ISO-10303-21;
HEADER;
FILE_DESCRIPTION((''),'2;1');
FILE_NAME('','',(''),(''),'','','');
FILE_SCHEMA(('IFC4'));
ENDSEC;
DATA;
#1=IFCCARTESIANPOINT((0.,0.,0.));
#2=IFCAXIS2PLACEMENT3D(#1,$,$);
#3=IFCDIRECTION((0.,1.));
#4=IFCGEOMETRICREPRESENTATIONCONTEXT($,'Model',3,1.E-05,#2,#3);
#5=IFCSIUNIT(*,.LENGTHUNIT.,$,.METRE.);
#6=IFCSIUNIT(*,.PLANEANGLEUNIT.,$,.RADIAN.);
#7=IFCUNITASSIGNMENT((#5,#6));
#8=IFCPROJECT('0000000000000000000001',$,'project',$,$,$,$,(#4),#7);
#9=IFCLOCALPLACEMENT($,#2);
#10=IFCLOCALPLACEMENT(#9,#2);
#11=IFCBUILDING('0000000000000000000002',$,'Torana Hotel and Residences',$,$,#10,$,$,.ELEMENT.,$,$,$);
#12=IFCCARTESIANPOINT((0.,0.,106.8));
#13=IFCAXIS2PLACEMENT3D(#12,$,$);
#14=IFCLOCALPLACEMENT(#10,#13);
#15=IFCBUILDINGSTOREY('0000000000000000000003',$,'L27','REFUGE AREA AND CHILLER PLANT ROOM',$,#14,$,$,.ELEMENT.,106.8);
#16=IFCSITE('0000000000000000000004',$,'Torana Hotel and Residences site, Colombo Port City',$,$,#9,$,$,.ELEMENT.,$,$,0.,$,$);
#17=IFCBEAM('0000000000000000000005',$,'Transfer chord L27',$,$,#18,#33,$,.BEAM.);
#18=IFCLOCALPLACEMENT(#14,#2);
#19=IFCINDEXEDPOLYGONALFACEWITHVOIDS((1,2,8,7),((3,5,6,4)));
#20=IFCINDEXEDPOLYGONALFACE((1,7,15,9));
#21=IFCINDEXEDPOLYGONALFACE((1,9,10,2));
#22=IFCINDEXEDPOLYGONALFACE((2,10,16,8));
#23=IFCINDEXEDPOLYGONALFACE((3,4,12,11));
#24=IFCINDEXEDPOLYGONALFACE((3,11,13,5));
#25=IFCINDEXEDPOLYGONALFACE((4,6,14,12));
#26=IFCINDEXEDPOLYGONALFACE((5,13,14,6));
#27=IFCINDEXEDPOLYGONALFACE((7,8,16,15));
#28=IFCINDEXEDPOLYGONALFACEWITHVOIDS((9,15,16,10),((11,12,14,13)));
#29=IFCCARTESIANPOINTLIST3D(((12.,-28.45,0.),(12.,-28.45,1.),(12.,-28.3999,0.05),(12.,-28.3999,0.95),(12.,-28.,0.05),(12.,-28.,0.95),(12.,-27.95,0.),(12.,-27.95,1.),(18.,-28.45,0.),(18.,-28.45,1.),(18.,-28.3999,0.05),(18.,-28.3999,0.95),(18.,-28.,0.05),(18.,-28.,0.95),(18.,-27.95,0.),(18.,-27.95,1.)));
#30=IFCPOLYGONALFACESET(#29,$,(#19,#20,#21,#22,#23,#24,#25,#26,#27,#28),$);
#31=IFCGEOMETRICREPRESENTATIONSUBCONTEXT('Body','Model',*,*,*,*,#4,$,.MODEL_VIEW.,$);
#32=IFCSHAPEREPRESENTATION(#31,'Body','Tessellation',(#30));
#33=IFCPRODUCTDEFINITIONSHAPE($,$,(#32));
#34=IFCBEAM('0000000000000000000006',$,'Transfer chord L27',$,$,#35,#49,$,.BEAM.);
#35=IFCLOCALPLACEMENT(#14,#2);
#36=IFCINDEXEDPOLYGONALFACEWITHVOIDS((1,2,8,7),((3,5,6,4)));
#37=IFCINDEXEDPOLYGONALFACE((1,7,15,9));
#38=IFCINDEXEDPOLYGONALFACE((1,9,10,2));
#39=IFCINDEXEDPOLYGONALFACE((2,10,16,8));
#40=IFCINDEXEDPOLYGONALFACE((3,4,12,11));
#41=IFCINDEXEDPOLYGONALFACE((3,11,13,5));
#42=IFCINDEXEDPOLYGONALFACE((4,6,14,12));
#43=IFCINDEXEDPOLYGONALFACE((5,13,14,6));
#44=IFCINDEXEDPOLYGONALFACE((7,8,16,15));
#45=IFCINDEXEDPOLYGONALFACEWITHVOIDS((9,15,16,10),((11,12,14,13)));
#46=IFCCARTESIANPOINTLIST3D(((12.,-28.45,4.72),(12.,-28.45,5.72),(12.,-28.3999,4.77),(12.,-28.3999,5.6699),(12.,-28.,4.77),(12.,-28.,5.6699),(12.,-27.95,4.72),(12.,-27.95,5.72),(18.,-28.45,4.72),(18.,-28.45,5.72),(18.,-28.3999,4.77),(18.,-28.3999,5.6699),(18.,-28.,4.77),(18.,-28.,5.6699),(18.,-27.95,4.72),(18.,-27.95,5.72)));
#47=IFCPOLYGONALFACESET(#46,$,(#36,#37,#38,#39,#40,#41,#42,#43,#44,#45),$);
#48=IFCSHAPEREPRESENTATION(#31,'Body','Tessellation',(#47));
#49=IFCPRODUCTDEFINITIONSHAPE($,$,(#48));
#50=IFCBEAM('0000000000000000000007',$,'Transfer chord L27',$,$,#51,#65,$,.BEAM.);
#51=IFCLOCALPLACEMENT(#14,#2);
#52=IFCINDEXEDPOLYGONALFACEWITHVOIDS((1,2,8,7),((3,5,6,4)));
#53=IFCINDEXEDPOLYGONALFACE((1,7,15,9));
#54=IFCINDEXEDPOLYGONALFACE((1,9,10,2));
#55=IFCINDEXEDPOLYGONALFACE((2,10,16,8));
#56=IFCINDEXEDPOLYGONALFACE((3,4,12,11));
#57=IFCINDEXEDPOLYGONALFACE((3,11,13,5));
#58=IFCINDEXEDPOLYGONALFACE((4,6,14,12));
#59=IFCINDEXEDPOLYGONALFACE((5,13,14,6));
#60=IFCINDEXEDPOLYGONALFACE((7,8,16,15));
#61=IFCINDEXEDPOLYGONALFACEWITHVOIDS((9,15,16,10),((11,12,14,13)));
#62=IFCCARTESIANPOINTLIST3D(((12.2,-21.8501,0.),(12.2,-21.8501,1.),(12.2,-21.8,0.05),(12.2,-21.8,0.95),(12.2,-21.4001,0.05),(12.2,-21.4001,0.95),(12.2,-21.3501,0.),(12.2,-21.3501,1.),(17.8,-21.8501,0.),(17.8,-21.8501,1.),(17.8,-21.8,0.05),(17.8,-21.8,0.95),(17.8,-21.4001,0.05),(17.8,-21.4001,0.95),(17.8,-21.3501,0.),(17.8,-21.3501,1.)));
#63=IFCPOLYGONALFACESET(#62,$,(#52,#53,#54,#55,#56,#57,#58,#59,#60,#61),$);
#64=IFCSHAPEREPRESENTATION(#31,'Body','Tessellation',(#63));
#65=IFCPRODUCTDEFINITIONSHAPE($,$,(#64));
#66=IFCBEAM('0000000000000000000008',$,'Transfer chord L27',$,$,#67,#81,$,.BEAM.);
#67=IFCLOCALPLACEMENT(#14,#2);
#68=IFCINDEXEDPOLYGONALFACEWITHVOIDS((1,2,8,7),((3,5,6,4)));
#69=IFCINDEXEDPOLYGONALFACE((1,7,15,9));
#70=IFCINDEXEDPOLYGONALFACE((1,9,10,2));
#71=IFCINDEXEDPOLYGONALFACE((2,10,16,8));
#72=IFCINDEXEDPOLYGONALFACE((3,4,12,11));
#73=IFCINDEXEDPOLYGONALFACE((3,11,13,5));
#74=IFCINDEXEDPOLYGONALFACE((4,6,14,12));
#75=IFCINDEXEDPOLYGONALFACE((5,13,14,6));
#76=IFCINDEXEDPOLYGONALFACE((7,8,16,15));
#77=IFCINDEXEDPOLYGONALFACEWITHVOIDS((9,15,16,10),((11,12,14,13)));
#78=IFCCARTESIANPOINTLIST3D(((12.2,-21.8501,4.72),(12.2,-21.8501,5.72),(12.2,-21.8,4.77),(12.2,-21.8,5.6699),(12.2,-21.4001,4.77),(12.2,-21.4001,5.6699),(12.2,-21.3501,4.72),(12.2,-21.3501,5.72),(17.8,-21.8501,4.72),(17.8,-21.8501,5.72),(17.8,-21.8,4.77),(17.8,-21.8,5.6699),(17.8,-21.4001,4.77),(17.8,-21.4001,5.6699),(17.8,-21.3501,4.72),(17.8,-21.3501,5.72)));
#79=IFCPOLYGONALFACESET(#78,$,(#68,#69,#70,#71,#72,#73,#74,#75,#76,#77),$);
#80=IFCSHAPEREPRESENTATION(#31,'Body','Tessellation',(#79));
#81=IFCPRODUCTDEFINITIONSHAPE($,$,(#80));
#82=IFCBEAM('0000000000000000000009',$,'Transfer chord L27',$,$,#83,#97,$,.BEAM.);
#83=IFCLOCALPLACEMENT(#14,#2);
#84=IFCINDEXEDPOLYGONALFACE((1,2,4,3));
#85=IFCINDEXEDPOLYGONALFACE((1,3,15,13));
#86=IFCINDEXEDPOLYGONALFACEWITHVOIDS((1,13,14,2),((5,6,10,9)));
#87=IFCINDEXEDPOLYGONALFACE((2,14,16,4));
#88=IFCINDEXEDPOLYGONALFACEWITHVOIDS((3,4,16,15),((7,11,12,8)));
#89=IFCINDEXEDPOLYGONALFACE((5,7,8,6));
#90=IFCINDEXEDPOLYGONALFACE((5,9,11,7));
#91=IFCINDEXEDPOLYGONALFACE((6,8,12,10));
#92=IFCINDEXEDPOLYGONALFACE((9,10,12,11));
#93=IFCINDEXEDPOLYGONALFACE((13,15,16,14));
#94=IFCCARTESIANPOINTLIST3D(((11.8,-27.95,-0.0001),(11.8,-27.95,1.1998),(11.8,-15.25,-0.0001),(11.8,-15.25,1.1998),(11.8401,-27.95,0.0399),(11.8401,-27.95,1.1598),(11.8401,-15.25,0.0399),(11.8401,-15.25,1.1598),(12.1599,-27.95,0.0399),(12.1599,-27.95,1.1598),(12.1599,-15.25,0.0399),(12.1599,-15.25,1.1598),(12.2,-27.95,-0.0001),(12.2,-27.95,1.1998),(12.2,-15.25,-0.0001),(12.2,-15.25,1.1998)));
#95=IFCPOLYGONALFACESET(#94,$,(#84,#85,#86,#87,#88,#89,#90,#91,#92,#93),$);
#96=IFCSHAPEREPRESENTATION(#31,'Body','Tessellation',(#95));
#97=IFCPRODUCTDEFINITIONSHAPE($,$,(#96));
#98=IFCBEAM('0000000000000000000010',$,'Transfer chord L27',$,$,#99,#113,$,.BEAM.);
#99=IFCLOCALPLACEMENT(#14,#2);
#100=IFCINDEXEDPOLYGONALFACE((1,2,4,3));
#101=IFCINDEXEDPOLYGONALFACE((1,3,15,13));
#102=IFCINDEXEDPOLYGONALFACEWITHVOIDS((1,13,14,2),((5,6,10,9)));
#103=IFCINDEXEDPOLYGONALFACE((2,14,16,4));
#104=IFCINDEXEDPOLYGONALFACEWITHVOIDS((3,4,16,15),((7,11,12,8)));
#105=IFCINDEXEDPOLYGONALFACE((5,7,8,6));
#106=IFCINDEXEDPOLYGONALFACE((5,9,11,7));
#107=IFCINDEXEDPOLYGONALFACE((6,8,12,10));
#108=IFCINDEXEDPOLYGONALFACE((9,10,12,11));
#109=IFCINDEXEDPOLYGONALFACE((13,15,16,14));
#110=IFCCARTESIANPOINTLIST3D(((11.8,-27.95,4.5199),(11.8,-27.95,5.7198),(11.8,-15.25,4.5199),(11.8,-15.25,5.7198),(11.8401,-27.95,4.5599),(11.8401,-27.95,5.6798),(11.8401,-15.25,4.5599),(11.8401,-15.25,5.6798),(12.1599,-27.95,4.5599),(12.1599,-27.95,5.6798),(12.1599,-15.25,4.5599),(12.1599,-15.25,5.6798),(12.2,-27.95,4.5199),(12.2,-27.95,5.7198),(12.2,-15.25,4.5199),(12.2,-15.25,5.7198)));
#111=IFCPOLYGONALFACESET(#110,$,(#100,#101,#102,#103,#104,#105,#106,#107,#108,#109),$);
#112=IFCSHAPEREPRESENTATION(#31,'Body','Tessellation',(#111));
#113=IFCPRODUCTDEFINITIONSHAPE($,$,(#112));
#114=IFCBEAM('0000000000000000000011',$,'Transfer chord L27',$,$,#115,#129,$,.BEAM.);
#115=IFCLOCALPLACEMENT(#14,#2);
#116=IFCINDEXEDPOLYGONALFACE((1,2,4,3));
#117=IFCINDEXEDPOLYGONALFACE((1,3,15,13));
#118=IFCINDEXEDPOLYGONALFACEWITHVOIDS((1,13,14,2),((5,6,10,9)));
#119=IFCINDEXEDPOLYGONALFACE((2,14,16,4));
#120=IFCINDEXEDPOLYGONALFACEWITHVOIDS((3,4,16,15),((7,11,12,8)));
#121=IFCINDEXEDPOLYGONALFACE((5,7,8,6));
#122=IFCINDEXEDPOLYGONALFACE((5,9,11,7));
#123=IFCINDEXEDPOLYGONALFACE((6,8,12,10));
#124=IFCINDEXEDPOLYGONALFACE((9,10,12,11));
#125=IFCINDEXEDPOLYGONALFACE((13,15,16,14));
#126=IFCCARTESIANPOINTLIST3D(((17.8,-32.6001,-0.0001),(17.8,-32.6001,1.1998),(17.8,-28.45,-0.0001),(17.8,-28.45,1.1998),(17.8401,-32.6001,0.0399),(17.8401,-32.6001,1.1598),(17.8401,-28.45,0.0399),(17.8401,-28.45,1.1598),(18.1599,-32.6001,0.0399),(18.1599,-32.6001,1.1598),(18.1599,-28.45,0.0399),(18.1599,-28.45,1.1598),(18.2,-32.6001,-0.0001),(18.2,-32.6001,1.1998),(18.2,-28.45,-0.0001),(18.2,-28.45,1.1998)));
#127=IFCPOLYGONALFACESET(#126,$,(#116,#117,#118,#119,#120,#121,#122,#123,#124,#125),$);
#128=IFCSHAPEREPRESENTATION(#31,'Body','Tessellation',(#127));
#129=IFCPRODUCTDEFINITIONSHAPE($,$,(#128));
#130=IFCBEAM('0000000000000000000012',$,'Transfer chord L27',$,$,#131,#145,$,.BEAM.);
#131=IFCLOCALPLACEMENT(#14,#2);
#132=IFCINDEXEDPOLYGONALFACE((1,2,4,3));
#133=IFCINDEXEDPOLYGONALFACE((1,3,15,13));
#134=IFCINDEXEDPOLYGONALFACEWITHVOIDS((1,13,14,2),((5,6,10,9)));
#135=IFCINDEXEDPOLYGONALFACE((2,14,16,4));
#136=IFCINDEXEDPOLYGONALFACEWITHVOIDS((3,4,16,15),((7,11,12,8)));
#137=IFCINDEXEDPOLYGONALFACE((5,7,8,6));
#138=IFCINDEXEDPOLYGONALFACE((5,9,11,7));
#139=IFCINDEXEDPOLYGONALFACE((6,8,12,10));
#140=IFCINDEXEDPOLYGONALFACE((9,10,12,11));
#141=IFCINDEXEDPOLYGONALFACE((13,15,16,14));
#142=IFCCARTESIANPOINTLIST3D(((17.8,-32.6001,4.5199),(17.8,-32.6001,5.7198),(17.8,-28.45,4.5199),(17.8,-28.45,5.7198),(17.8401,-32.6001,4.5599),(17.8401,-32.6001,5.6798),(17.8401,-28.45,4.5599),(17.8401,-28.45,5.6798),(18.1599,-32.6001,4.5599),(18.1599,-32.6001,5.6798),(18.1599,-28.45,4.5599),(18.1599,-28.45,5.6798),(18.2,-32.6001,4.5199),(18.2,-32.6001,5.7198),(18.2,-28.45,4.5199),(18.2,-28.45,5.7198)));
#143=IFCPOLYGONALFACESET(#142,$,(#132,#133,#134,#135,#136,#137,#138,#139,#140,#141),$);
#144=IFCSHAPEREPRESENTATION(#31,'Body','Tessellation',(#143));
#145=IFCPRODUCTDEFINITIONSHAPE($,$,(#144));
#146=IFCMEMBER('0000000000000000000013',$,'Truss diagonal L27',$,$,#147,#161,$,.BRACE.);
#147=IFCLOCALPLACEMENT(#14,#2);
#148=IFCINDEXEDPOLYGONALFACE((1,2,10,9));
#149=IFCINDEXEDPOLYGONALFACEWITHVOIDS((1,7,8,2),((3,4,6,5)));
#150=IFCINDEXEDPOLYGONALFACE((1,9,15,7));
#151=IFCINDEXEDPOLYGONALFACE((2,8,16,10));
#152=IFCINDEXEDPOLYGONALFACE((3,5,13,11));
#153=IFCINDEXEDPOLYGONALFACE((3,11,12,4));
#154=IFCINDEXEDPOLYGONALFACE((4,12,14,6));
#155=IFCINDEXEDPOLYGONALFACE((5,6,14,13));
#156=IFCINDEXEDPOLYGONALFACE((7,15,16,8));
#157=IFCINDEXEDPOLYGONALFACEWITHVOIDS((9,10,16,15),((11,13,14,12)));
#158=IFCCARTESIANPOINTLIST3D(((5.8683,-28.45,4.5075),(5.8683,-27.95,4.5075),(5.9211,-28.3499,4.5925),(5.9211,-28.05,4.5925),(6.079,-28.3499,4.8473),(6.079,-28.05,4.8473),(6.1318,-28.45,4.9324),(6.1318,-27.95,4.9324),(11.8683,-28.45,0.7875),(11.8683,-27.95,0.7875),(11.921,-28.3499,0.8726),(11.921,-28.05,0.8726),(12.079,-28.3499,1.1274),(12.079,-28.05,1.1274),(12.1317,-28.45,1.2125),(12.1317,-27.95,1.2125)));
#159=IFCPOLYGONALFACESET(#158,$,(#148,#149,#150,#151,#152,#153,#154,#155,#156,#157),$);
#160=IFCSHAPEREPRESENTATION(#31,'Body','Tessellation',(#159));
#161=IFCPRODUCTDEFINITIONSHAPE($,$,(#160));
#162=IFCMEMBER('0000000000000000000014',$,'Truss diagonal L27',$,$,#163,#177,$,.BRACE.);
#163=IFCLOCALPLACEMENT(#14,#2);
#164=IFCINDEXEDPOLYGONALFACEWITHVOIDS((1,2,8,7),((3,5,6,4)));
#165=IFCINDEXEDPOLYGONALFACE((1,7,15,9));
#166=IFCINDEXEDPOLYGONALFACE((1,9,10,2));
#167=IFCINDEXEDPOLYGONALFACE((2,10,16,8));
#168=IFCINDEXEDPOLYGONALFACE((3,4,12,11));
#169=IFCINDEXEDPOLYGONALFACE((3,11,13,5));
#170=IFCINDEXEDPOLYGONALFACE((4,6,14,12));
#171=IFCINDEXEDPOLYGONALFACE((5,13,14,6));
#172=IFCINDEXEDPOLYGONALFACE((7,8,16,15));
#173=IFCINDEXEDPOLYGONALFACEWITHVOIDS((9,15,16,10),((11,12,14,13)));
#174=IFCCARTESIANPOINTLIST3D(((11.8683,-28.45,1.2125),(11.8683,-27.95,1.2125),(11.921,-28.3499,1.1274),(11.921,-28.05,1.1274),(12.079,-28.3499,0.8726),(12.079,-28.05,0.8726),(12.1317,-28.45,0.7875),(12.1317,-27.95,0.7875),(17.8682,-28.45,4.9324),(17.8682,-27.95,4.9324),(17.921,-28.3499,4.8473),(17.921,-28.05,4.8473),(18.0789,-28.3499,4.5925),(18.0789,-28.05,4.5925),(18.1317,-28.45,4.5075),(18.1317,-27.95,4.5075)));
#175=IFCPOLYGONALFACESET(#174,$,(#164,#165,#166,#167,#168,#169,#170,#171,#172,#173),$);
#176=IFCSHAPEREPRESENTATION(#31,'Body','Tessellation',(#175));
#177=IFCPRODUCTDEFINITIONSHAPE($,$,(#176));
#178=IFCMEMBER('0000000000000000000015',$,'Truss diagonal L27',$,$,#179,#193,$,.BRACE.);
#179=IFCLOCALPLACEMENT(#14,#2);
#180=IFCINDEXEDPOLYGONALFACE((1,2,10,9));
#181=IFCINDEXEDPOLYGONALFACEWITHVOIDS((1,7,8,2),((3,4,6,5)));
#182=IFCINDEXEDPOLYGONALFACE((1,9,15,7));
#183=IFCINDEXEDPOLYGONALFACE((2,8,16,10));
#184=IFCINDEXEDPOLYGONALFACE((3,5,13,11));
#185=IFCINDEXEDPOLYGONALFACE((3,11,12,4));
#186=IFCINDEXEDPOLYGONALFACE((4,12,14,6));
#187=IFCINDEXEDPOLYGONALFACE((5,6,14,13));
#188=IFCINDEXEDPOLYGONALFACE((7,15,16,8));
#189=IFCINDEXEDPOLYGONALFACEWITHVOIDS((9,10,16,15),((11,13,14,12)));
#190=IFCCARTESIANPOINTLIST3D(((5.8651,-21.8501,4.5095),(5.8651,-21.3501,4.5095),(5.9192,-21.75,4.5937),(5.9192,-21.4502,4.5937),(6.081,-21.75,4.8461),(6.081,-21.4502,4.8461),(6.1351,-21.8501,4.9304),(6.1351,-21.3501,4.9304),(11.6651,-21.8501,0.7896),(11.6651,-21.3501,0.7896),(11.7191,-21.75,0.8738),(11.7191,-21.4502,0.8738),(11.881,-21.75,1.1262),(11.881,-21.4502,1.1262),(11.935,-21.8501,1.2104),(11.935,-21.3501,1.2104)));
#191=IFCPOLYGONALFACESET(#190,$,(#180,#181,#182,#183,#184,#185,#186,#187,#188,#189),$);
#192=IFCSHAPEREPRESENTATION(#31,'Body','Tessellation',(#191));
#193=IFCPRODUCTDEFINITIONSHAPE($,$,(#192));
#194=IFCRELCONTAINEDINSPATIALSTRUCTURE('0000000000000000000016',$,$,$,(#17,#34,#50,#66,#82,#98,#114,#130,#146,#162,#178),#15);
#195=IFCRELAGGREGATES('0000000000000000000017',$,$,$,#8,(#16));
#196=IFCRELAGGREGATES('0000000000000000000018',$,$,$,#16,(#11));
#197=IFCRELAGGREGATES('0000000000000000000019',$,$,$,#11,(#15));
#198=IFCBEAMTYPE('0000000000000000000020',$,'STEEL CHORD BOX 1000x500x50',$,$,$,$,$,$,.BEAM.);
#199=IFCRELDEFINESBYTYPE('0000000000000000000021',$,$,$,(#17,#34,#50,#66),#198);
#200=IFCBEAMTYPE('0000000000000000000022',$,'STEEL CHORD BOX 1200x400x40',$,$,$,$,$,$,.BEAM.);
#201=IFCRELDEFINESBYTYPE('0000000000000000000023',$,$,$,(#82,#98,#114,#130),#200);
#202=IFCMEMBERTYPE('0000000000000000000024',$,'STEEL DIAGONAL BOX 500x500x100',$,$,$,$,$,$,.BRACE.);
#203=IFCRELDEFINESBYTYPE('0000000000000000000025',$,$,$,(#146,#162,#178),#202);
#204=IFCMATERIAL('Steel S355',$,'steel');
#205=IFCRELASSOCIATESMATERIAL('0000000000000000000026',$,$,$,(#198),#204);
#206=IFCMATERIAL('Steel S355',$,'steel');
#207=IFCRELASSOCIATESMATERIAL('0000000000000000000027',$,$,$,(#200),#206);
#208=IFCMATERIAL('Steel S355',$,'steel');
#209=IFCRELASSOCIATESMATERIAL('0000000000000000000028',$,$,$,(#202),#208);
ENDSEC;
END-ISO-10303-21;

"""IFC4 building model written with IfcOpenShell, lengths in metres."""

from ifc_helpers import new_model, si_unit, direction, frame, origin, origin_2d, place, context, subcontext, project, spatial, hollow_rectangle, extrude, material, material_profile, profile_set, type_object, element, save


model = new_model("IFC4")

# Units and contexts
model_context = context("Model", 3, precision=1e-05, world=origin(), true_north=direction((0.0, 1.0)))
body_context = subcontext(model_context, "Body", "Model", "MODEL_VIEW")
ifc_project = project(units=[si_unit("LENGTHUNIT", "METRE"), si_unit("PLANEANGLEUNIT", "RADIAN")], contexts=[model_context])

# Site, building, storey
site_placement = place(None, origin())
site = spatial("IfcSite", under=ifc_project, at=site_placement, Name="Torana Hotel and Residences site, Colombo Port City", CompositionType="ELEMENT", RefElevation=0.0)
building_placement = place(site_placement, origin())
building = spatial("IfcBuilding", under=site, at=building_placement, Name="Torana Hotel and Residences", CompositionType="ELEMENT")
storey_placement = place(building_placement, frame((0.0, 0.0, 106.8)))
storey = spatial("IfcBuildingStorey", under=building, at=storey_placement, Name="L27", Description="REFUGE AREA AND CHILLER PLANT ROOM", CompositionType="ELEMENT", Elevation=106.8)

# Beams
ifc_material_1 = material(Name="Steel S355", Category="steel")
ifc_material_profile_1 = material_profile(ifc_material_1, hollow_rectangle(XDim=0.5, YDim=1.0, WallThickness=0.05, at=origin_2d()), Name="BOX 1000x500x50")
ifc_profile_set_1 = profile_set([ifc_material_profile_1], Name="Steel S355")
beam_type_1 = type_object("IfcBeamType", Name="STEEL CHORD BOX 1000x500x50", PredefinedType="BEAM", material=ifc_profile_set_1)
for number, where, z_axis, x_axis, name in (
    (1, (12.0, -28.2, 0.5), (1.0, 0.0, 0.0), (0.0, 1.0, 0.0), "Transfer chord L27"),
    (2, (12.0, -28.2, 5.22), (1.0, 0.0, 0.0), (0.0, 1.0, 0.0), "Transfer chord L27"),
):
    element("IfcBeam", number, at=place(storey_placement, frame(where, z_axis=z_axis, x_axis=x_axis)), inside=storey, type_object=beam_type_1, Name=name, PredefinedType="BEAM", context=body_context, shape_type="SweptSolid", body=[
        extrude(hollow_rectangle(XDim=0.5, YDim=1.0, WallThickness=0.05, at=origin_2d()), origin(), (0.0, 0.0, 1.0), 6.0),
    ])
for number, where, z_axis, x_axis, name in (
    (3, (12.2, -21.6001, 0.5), (1.0, 0.0, 0.0), (0.0, 1.0, 0.0), "Transfer chord L27"),
    (4, (12.2, -21.6001, 5.22), (1.0, 0.0, 0.0), (0.0, 1.0, 0.0), "Transfer chord L27"),
):
    element("IfcBeam", number, at=place(storey_placement, frame(where, z_axis=z_axis, x_axis=x_axis)), inside=storey, type_object=beam_type_1, Name=name, PredefinedType="BEAM", context=body_context, shape_type="SweptSolid", body=[
        extrude(hollow_rectangle(XDim=0.5, YDim=1.0, WallThickness=0.05, at=origin_2d()), origin(), (0.0, 0.0, 1.0), 5.6001),
    ])
ifc_material_2 = material(Name="Steel S355", Category="steel")
ifc_material_profile_2 = material_profile(ifc_material_2, hollow_rectangle(XDim=0.3999, YDim=1.2, WallThickness=0.04, at=origin_2d()), Name="BOX 1200x400x40")
ifc_profile_set_2 = profile_set([ifc_material_profile_2], Name="Steel S355")
beam_type_2 = type_object("IfcBeamType", Name="STEEL CHORD BOX 1200x400x40", PredefinedType="BEAM", material=ifc_profile_set_2)
for number, where, z_axis, x_axis, name in (
    (5, (12.0, -27.95, 0.5999), (0.0, 1.0, 0.0), (-1.0, 0.0, 0.0), "Transfer chord L27"),
    (6, (12.0, -27.95, 5.1199), (0.0, 1.0, 0.0), (-1.0, 0.0, 0.0), "Transfer chord L27"),
):
    element("IfcBeam", number, at=place(storey_placement, frame(where, z_axis=z_axis, x_axis=x_axis)), inside=storey, type_object=beam_type_2, Name=name, PredefinedType="BEAM", context=body_context, shape_type="SweptSolid", body=[
        extrude(hollow_rectangle(XDim=0.3999, YDim=1.2, WallThickness=0.04, at=origin_2d()), origin(), (0.0, 0.0, 1.0), 12.7),
    ])
for number, where, z_axis, x_axis, name in (
    (7, (18.0, -32.6001, 0.5999), (0.0, 1.0, 0.0), (-1.0, 0.0, 0.0), "Transfer chord L27"),
    (8, (18.0, -32.6001, 5.1199), (0.0, 1.0, 0.0), (-1.0, 0.0, 0.0), "Transfer chord L27"),
):
    element("IfcBeam", number, at=place(storey_placement, frame(where, z_axis=z_axis, x_axis=x_axis)), inside=storey, type_object=beam_type_2, Name=name, PredefinedType="BEAM", context=body_context, shape_type="SweptSolid", body=[
        extrude(hollow_rectangle(XDim=0.3999, YDim=1.2, WallThickness=0.04, at=origin_2d()), origin(), (0.0, 0.0, 1.0), 4.1501),
    ])

# Members
ifc_material_3 = material(Name="Steel S355", Category="steel")
ifc_material_profile_3 = material_profile(ifc_material_3, hollow_rectangle(XDim=0.5, YDim=0.5, WallThickness=0.1001, at=origin_2d()), Name="BOX 500x500x100")
ifc_profile_set_3 = profile_set([ifc_material_profile_3], Name="Steel S355")
member_type_1 = type_object("IfcMemberType", Name="STEEL DIAGONAL BOX 500x500x100", PredefinedType="BRACE", material=ifc_profile_set_3)
for number, where, z_axis, x_axis, name in (
    (9, (12.0, -28.2, 1.0), (-0.849905, 0.0, 0.526937), (0.0, -1.0, 0.0), "Truss diagonal L27"),
    (10, (12.0, -28.2, 1.0), (0.849905, 0.0, 0.526937), (0.0, 1.0, 0.0), "Truss diagonal L27"),
):
    element("IfcMember", number, at=place(storey_placement, frame(where, z_axis=z_axis, x_axis=x_axis)), inside=storey, type_object=member_type_1, Name=name, PredefinedType="BRACE", context=body_context, shape_type="SweptSolid", body=[
        extrude(hollow_rectangle(XDim=0.5, YDim=0.5, WallThickness=0.1001, at=origin_2d()), origin(), (0.0, 0.0, 1.0), 7.0596),
    ])
member_1_placement = place(storey_placement, frame((11.8, -21.6001, 1.0), z_axis=(-0.841748, 0.0, 0.539871), x_axis=(0.0, -1.0, 0.0)))
element("IfcMember", 11, at=member_1_placement, inside=storey, type_object=member_type_1, Name="Truss diagonal L27", PredefinedType="BRACE", context=body_context, shape_type="SweptSolid", body=[
    extrude(hollow_rectangle(XDim=0.5, YDim=0.5, WallThickness=0.1001, at=origin_2d()), origin(), (0.0, 0.0, 1.0), 6.8904),
])

save(model, "model.ifc")
